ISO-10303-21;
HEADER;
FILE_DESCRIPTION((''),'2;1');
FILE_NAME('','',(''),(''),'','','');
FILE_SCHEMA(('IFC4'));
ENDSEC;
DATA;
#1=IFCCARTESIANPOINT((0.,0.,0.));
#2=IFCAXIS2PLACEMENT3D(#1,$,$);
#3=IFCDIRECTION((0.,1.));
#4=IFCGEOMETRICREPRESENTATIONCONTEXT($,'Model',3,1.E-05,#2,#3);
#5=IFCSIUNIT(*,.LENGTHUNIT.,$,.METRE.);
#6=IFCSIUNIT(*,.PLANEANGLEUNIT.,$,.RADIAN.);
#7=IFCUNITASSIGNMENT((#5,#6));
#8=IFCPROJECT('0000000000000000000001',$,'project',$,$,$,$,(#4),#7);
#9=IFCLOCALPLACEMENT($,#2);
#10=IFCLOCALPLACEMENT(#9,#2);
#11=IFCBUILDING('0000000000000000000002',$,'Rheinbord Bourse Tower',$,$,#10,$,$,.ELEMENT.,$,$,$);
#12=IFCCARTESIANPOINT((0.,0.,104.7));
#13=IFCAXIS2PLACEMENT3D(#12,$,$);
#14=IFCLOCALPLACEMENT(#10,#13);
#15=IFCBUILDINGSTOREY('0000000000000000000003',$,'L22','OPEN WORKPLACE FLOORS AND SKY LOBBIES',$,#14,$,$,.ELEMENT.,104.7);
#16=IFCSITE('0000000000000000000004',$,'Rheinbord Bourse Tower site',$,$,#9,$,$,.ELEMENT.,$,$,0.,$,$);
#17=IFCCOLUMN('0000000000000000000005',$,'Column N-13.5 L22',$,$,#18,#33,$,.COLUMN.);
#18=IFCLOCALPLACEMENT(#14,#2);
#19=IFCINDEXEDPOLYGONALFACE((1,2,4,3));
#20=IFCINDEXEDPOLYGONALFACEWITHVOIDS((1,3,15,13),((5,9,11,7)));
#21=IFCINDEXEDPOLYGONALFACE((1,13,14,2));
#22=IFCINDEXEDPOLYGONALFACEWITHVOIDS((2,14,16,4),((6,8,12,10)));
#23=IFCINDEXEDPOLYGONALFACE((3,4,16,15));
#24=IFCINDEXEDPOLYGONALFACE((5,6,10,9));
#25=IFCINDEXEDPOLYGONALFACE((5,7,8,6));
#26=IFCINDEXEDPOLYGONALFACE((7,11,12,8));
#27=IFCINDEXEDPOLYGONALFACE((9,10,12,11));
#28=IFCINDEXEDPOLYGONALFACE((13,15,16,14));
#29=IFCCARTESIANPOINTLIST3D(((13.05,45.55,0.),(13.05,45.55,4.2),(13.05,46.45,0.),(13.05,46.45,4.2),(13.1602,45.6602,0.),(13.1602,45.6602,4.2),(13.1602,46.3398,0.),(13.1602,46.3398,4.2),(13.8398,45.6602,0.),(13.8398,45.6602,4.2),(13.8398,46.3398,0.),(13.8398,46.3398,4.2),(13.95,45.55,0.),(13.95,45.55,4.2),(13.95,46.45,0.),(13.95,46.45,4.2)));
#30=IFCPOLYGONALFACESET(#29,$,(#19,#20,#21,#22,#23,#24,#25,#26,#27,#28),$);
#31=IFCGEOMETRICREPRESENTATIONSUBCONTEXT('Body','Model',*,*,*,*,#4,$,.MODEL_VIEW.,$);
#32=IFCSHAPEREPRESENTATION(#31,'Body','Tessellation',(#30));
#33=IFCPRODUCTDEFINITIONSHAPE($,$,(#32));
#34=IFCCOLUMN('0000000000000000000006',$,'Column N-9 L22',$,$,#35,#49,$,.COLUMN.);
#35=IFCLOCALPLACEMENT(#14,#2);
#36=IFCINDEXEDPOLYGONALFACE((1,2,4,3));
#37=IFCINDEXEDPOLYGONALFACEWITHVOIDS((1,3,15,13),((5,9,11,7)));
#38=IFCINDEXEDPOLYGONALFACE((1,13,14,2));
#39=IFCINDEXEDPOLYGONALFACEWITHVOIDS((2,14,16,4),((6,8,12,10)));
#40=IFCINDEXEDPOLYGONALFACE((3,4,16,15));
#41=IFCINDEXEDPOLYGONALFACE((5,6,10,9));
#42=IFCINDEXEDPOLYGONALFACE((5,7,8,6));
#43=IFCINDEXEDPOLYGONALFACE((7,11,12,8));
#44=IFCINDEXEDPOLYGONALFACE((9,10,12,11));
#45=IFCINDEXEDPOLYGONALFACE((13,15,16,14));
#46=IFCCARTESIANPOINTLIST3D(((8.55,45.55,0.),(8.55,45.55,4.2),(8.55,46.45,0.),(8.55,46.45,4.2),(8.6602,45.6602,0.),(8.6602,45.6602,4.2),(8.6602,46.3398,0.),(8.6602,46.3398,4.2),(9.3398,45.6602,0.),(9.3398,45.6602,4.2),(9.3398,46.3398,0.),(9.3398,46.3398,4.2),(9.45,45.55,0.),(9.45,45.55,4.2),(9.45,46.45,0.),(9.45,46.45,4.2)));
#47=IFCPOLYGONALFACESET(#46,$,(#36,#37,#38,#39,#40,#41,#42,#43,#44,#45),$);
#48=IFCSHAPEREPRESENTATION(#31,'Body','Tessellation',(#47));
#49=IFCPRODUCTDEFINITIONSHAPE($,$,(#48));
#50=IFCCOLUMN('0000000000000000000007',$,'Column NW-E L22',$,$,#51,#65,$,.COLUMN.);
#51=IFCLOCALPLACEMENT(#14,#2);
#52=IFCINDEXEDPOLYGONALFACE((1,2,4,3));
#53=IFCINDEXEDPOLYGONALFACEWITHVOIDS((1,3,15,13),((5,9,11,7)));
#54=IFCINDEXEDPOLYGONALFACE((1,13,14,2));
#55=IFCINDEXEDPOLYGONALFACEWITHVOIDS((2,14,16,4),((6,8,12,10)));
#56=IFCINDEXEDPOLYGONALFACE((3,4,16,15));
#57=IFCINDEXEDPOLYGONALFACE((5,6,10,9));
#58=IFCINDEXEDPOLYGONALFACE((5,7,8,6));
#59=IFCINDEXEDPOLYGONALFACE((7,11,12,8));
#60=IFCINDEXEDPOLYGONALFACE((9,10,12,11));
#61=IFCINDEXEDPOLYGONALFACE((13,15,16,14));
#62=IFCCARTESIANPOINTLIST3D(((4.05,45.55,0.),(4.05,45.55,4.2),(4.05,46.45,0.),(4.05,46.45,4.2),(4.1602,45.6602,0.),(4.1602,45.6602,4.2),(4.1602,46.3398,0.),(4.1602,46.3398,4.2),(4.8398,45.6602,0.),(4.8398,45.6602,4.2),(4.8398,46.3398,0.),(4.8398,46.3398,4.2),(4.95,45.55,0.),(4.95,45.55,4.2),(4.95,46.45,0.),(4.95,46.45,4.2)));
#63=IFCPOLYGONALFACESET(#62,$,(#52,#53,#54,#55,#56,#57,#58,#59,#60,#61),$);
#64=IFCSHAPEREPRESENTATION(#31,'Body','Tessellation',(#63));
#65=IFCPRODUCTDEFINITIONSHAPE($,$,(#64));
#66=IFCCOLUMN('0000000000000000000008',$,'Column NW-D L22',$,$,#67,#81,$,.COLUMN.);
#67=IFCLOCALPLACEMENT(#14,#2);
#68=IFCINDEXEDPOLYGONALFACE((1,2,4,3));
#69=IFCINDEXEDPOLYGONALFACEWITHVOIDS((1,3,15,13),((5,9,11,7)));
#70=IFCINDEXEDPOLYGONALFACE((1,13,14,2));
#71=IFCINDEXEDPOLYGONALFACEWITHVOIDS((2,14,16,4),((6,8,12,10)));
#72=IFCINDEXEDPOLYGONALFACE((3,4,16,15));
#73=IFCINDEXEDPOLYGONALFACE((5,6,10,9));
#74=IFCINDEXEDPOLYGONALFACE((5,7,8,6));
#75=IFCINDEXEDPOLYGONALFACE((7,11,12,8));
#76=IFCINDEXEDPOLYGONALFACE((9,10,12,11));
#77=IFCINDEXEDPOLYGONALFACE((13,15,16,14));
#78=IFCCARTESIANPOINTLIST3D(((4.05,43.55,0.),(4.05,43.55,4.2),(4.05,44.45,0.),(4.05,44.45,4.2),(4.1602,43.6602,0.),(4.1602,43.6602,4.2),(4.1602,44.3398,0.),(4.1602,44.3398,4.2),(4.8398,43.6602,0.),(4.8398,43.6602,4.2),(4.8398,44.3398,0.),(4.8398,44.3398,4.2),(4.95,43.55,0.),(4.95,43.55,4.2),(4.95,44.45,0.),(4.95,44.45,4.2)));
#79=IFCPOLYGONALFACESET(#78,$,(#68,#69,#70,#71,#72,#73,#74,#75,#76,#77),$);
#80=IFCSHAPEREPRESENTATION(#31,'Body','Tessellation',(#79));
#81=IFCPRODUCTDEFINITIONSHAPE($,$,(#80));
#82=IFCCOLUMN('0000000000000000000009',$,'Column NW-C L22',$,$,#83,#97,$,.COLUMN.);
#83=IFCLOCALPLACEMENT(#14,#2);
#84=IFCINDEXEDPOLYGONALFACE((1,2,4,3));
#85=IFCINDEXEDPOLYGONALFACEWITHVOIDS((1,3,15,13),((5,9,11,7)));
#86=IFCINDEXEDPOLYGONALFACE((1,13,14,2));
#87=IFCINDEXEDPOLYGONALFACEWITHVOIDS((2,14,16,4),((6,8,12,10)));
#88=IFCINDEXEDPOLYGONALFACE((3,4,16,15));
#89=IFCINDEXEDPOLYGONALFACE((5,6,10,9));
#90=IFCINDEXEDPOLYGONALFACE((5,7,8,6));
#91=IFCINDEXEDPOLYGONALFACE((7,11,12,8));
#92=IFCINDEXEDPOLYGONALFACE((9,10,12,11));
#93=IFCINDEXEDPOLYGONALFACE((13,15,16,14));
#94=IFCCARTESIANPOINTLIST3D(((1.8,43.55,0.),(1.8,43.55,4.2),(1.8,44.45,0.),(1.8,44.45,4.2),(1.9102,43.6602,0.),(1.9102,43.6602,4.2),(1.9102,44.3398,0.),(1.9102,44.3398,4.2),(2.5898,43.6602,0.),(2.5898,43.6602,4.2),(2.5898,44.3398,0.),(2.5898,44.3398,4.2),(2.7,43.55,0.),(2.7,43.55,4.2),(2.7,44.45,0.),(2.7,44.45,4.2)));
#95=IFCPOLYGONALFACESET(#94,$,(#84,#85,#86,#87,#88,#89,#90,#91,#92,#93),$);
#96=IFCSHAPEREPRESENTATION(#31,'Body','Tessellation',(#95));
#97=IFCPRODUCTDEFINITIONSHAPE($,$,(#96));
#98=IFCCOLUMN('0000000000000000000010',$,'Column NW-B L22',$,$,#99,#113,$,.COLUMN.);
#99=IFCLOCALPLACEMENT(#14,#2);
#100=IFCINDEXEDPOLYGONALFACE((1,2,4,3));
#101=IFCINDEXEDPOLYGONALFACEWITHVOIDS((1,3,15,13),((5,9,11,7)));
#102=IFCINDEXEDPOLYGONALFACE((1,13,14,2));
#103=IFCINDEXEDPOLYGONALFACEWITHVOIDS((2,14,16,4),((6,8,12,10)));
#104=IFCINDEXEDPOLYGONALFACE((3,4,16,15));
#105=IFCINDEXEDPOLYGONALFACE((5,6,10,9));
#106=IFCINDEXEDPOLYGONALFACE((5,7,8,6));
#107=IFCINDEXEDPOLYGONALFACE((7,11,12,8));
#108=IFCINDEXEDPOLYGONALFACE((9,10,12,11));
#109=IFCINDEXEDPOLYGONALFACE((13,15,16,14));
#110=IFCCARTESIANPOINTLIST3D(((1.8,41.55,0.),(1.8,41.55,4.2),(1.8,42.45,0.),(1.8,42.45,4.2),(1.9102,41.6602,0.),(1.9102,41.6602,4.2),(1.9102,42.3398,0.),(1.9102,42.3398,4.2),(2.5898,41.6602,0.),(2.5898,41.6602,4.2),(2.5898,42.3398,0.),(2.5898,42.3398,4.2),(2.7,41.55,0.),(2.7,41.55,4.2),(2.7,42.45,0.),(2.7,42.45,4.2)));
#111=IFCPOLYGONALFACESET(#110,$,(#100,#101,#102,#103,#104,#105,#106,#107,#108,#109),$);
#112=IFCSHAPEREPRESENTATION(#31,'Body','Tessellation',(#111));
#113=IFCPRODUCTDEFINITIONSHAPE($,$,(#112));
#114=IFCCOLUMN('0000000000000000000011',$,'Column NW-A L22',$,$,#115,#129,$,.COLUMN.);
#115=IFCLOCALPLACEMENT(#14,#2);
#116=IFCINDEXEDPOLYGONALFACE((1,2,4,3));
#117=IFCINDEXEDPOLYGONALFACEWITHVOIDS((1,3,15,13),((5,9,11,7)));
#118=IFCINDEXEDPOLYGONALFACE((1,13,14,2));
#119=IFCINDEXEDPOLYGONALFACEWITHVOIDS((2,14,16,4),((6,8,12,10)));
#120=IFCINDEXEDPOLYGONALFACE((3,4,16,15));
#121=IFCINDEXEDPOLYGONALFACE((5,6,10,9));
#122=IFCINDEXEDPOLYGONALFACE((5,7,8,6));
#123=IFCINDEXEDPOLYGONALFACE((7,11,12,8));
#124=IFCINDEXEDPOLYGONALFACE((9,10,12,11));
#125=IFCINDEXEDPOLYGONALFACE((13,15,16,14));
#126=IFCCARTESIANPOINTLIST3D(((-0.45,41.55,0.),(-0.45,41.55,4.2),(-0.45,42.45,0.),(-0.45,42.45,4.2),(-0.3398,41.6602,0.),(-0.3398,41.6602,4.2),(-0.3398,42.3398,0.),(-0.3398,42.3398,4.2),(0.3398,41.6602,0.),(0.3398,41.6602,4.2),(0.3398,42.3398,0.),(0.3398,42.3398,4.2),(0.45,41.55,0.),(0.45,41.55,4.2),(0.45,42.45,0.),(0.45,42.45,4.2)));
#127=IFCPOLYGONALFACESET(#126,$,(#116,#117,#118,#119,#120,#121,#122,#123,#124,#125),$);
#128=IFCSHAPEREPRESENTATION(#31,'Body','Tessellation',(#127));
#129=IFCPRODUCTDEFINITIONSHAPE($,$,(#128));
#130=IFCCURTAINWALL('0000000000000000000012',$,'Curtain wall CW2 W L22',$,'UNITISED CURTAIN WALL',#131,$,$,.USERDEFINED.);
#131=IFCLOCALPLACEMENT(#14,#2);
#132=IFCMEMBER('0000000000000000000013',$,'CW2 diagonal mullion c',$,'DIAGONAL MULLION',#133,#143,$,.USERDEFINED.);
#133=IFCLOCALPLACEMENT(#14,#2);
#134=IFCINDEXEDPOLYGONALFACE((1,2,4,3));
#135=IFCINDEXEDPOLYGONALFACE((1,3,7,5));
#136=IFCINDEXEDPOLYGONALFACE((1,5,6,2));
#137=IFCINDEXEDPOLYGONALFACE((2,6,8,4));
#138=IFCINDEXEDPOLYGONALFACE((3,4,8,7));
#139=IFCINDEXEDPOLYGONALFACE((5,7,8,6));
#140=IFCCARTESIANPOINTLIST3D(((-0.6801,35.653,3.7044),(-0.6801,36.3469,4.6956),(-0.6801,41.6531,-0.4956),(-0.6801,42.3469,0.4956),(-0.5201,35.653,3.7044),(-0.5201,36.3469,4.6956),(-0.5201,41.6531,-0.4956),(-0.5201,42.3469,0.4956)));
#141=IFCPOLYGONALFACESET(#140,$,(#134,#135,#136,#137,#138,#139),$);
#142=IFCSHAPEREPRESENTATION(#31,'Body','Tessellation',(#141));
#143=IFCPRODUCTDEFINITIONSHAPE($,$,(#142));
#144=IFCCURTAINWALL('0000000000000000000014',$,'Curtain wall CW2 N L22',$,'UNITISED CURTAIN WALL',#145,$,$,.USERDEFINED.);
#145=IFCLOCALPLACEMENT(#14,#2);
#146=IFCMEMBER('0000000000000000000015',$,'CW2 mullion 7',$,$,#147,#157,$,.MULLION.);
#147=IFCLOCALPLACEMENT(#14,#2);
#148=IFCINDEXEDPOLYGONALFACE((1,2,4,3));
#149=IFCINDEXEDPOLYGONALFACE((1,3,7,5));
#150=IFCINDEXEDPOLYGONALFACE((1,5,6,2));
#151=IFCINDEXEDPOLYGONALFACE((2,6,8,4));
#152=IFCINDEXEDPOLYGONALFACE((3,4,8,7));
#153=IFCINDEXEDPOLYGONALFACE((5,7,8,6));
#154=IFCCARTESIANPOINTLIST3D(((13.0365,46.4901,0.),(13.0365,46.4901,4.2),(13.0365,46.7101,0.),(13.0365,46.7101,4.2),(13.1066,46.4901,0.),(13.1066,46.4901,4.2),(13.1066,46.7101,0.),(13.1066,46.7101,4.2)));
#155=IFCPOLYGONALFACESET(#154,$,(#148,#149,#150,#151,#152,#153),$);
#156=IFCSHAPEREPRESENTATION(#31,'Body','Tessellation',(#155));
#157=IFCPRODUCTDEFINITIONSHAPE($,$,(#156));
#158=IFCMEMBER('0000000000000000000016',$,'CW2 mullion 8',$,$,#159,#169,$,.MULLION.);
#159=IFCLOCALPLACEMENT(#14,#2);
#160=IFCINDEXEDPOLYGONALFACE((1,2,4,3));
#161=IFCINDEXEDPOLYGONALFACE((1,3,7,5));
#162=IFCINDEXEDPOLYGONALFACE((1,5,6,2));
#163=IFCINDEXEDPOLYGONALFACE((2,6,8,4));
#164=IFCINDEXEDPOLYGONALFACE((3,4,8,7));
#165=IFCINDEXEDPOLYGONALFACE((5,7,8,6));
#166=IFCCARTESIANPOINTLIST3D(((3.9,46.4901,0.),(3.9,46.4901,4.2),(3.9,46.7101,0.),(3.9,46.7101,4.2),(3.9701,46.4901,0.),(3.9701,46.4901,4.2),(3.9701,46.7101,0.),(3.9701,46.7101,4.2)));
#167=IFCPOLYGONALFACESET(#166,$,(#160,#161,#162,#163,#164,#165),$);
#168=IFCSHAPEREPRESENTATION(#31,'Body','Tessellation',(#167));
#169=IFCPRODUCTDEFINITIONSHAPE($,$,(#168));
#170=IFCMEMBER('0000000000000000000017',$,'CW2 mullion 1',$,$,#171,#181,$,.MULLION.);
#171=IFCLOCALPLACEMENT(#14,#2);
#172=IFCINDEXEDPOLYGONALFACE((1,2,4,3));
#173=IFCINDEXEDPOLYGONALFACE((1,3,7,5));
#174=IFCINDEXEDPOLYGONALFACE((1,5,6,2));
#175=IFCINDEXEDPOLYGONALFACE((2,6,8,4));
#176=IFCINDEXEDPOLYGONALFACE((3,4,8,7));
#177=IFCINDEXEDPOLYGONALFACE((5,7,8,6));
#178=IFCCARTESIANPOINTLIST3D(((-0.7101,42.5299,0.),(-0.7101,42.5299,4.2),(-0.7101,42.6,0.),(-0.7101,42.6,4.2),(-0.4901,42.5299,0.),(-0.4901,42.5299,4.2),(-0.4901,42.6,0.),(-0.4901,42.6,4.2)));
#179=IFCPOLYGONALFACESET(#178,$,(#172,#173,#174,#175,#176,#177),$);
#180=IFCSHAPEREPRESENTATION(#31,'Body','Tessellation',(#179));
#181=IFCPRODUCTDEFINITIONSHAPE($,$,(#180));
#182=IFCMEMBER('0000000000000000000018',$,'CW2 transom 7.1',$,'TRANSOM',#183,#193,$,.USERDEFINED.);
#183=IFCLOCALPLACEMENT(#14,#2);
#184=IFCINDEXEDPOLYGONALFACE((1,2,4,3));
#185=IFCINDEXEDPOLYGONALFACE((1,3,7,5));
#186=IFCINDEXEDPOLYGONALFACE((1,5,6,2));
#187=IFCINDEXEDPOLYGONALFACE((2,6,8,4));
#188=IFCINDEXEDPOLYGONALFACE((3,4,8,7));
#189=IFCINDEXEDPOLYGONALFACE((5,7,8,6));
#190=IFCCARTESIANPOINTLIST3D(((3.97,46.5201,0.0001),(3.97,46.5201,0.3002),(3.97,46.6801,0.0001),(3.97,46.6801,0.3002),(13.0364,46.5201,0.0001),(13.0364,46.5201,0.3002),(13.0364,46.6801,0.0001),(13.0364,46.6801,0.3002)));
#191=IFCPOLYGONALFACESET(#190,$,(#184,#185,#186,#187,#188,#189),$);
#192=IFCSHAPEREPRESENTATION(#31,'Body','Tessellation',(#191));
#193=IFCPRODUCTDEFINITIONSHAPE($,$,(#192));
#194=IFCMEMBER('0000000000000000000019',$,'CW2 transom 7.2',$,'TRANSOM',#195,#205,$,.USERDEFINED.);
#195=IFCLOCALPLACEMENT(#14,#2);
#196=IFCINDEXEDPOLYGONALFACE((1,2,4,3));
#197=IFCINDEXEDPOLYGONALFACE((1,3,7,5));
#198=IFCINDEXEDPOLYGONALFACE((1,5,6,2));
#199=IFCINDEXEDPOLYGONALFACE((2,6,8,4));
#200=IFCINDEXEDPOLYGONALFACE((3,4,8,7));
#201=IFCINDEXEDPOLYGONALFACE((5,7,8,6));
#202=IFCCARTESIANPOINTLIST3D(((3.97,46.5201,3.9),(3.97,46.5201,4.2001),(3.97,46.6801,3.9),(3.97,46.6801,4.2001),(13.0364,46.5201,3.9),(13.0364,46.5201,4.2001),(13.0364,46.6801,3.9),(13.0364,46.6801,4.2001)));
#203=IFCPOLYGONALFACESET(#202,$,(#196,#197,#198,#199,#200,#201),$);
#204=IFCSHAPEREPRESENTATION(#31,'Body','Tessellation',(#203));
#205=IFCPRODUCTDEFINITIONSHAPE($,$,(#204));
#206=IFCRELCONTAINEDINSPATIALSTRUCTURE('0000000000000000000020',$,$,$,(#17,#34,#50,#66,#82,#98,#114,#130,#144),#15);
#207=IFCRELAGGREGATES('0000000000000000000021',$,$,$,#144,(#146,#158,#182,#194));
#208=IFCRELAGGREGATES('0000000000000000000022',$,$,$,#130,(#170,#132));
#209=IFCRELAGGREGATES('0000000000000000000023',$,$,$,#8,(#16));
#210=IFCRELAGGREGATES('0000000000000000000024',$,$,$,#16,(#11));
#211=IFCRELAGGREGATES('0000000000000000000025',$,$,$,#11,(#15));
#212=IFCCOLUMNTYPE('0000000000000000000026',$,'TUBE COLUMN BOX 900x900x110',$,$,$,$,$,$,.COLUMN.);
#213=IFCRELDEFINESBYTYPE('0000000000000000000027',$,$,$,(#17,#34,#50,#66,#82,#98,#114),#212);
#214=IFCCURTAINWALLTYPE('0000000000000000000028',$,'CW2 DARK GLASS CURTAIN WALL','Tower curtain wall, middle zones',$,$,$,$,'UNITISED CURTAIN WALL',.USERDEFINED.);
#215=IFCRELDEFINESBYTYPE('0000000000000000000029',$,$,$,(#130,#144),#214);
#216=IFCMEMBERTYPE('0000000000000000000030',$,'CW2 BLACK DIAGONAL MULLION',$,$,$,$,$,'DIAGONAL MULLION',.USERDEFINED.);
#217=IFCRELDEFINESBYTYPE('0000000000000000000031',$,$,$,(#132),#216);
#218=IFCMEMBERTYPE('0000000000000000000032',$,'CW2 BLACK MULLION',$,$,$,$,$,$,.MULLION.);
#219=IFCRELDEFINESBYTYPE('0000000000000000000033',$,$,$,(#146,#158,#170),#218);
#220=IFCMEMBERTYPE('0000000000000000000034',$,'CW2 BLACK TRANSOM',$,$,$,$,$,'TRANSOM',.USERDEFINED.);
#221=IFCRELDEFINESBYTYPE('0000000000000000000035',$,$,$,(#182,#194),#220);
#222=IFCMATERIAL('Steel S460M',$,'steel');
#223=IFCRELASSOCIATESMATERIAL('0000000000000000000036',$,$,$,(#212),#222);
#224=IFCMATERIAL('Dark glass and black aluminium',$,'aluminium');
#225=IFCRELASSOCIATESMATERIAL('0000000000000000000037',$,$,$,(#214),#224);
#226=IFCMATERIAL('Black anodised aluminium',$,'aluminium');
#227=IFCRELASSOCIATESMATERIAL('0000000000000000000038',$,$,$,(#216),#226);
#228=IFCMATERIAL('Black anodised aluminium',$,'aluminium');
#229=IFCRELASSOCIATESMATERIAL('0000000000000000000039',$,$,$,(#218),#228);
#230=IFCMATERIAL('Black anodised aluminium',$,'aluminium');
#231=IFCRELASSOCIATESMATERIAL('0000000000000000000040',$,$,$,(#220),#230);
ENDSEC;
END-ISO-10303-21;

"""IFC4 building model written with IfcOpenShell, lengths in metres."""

from ifc_helpers import new_model, si_unit, direction, frame, origin, origin_2d, place, context, subcontext, project, spatial, rectangle, hollow_rectangle, extrude, material, material_profile, profile_set, type_object, element, aggregate, save


model = new_model("IFC4")

# Units and contexts
model_context = context("Model", 3, precision=1e-05, world=origin(), true_north=direction((0.0, 1.0)))
body_context = subcontext(model_context, "Body", "Model", "MODEL_VIEW")
ifc_project = project(units=[si_unit("LENGTHUNIT", "METRE"), si_unit("PLANEANGLEUNIT", "RADIAN")], contexts=[model_context])

# Site, building, storey
site_placement = place(None, origin())
site = spatial("IfcSite", under=ifc_project, at=site_placement, Name="Rheinbord Bourse Tower site", CompositionType="ELEMENT", RefElevation=0.0)
building_placement = place(site_placement, origin())
building = spatial("IfcBuilding", under=site, at=building_placement, Name="Rheinbord Bourse Tower", CompositionType="ELEMENT")
storey_placement = place(building_placement, frame((0.0, 0.0, 104.7)))
storey = spatial("IfcBuildingStorey", under=building, at=storey_placement, Name="L22", Description="OPEN WORKPLACE FLOORS AND SKY LOBBIES", CompositionType="ELEMENT", Elevation=104.7)

# Columns
ifc_material_1 = material(Name="Steel S460M", Category="steel")
ifc_material_profile_1 = material_profile(ifc_material_1, hollow_rectangle(XDim=0.8999, YDim=0.8999, WallThickness=0.1101, at=origin_2d()), Name="BOX 900x900x110")
ifc_profile_set_1 = profile_set([ifc_material_profile_1], Name="Steel S460M")
column_type = type_object("IfcColumnType", Name="TUBE COLUMN BOX 900x900x110", PredefinedType="COLUMN", material=ifc_profile_set_1)
for number, where, z_axis, x_axis, name in (
    (1, (13.5, 46.0, 0.0), (0.0, 0.0, 1.0), (0.0, 1.0, 0.0), "Column N-13.5 L22"),
    (2, (9.0, 46.0, 0.0), (0.0, 0.0, 1.0), (0.0, 1.0, 0.0), "Column N-9 L22"),
    (3, (4.5, 46.0, 0.0), (0.0, 0.0, 1.0), (0.0, 1.0, 0.0), "Column NW-E L22"),
    (4, (4.5, 44.0, 0.0), (0.0, 0.0, 1.0), (0.0, 1.0, 0.0), "Column NW-D L22"),
    (5, (2.25, 44.0, 0.0), (0.0, 0.0, 1.0), (1.0, 0.0, 0.0), "Column NW-C L22"),
    (6, (2.25, 42.0, 0.0), (0.0, 0.0, 1.0), (1.0, 0.0, 0.0), "Column NW-B L22"),
    (7, (0.0, 42.0, 0.0), (0.0, 0.0, 1.0), (1.0, 0.0, 0.0), "Column NW-A L22"),
):
    element("IfcColumn", number, at=place(storey_placement, frame(where, z_axis=z_axis, x_axis=x_axis)), inside=storey, type_object=column_type, Name=name, PredefinedType="COLUMN", context=body_context, shape_type="SweptSolid", body=[
        extrude(hollow_rectangle(XDim=0.8999, YDim=0.8999, WallThickness=0.1101, at=origin_2d()), origin(), (0.0, 0.0, 1.0), 4.2),
    ])

# Curtain wall, member
ifc_material_2 = material(Name="Dark glass and black aluminium", Category="aluminium")
curtain_wall_type = type_object("IfcCurtainWallType", Name="CW2 DARK GLASS CURTAIN WALL", Description="Tower curtain wall, middle zones", ElementType="UNITISED CURTAIN WALL", PredefinedType="USERDEFINED", material=ifc_material_2)
curtain_wall_1_placement = place(storey_placement, origin())
curtain_wall_1 = element("IfcCurtainWall", 8, at=curtain_wall_1_placement, inside=storey, type_object=curtain_wall_type, Name="Curtain wall CW2 W L22", ObjectType="UNITISED CURTAIN WALL", PredefinedType="USERDEFINED")
ifc_material_3 = material(Name="Black anodised aluminium", Category="aluminium")
ifc_material_profile_2 = material_profile(ifc_material_3, rectangle(XDim=0.1599, YDim=1.21, at=origin_2d()), Name="CW2 DIAGONAL MULLION 1210x160")
ifc_profile_set_2 = profile_set([ifc_material_profile_2], Name="Black anodised aluminium")
member_type_1 = type_object("IfcMemberType", Name="CW2 BLACK DIAGONAL MULLION", ElementType="DIAGONAL MULLION", PredefinedType="USERDEFINED", material=ifc_profile_set_2)
member_1_placement = place(storey_placement, frame((-0.6001, 42.0, 0.0), z_axis=(0.0, -0.819235, 0.573458), x_axis=(1.0, 0.0, 0.0)))
member_1 = element("IfcMember", 9, at=member_1_placement, type_object=member_type_1, Name="CW2 diagonal mullion c", ObjectType="DIAGONAL MULLION", PredefinedType="USERDEFINED", context=body_context, shape_type="SweptSolid", body=[
    extrude(rectangle(XDim=0.1599, YDim=1.21, at=origin_2d()), origin(), (0.0, 0.0, 1.0), 7.324),
])

# Curtain wall, members
curtain_wall_2_placement = place(storey_placement, origin())
curtain_wall_2 = element("IfcCurtainWall", 10, at=curtain_wall_2_placement, inside=storey, type_object=curtain_wall_type, Name="Curtain wall CW2 N L22", ObjectType="UNITISED CURTAIN WALL", PredefinedType="USERDEFINED")
ifc_material_4 = material(Name="Black anodised aluminium", Category="aluminium")
ifc_material_profile_3 = material_profile(ifc_material_4, rectangle(XDim=0.22, YDim=0.0701, at=origin_2d()), Name="CW2 MULLION 70x220")
ifc_profile_set_3 = profile_set([ifc_material_profile_3], Name="Black anodised aluminium")
member_type_2 = type_object("IfcMemberType", Name="CW2 BLACK MULLION", PredefinedType="MULLION", material=ifc_profile_set_3)
member_2_placement = place(storey_placement, frame((13.0715, 46.6001, 0.0), z_axis=(0.0, 0.0, 1.0), x_axis=(0.0, -1.0, 0.0)))
member_2 = element("IfcMember", 11, at=member_2_placement, type_object=member_type_2, Name="CW2 mullion 7", PredefinedType="MULLION", context=body_context, shape_type="SweptSolid", body=[
    extrude(rectangle(XDim=0.22, YDim=0.0701, at=origin_2d()), origin(), (0.0, 0.0, 1.0), 4.2),
])
member_3_placement = place(storey_placement, frame((3.9351, 46.6001, 0.0), z_axis=(0.0, 0.0, 1.0), x_axis=(0.0, -1.0, 0.0)))
member_3 = element("IfcMember", 12, at=member_3_placement, type_object=member_type_2, Name="CW2 mullion 8", PredefinedType="MULLION", context=body_context, shape_type="SweptSolid", body=[
    extrude(rectangle(XDim=0.22, YDim=0.0701, at=origin_2d()), origin(), (0.0, 0.0, 1.0), 4.2),
])

# Members
member_4_placement = place(storey_placement, frame((-0.6001, 42.5649, 0.0), z_axis=(0.0, 0.0, 1.0), x_axis=(1.0, 0.0, 0.0)))
member_4 = element("IfcMember", 13, at=member_4_placement, type_object=member_type_2, Name="CW2 mullion 1", PredefinedType="MULLION", context=body_context, shape_type="SweptSolid", body=[
    extrude(rectangle(XDim=0.22, YDim=0.0701, at=origin_2d()), origin(), (0.0, 0.0, 1.0), 4.2),
])
ifc_material_5 = material(Name="Black anodised aluminium", Category="aluminium")
ifc_material_profile_4 = material_profile(ifc_material_5, rectangle(XDim=0.1599, YDim=0.3, at=origin_2d()), Name="CW2 TRANSOM 300x160")
ifc_profile_set_4 = profile_set([ifc_material_profile_4], Name="Black anodised aluminium")
member_type_3 = type_object("IfcMemberType", Name="CW2 BLACK TRANSOM", ElementType="TRANSOM", PredefinedType="USERDEFINED", material=ifc_profile_set_4)
member_5_placement = place(storey_placement, frame((13.0364, 46.6001, 0.1501), z_axis=(-1.0, 0.0, 0.0), x_axis=(0.0, -1.0, 0.0)))
member_5 = element("IfcMember", 14, at=member_5_placement, type_object=member_type_3, Name="CW2 transom 7.1", ObjectType="TRANSOM", PredefinedType="USERDEFINED", context=body_context, shape_type="SweptSolid", body=[
    extrude(rectangle(XDim=0.1599, YDim=0.3, at=origin_2d()), origin(), (0.0, 0.0, 1.0), 9.0664),
])
member_6_placement = place(storey_placement, frame((13.0364, 46.6001, 4.05), z_axis=(-1.0, 0.0, 0.0), x_axis=(0.0, -1.0, 0.0)))
member_6 = element("IfcMember", 15, at=member_6_placement, type_object=member_type_3, Name="CW2 transom 7.2", ObjectType="TRANSOM", PredefinedType="USERDEFINED", context=body_context, shape_type="SweptSolid", body=[
    extrude(rectangle(XDim=0.1599, YDim=0.3, at=origin_2d()), origin(), (0.0, 0.0, 1.0), 9.0664),
])

aggregate(curtain_wall_2, [member_2, member_3, member_5, member_6])
aggregate(curtain_wall_1, [member_4, member_1])

save(model, "model.ifc")
